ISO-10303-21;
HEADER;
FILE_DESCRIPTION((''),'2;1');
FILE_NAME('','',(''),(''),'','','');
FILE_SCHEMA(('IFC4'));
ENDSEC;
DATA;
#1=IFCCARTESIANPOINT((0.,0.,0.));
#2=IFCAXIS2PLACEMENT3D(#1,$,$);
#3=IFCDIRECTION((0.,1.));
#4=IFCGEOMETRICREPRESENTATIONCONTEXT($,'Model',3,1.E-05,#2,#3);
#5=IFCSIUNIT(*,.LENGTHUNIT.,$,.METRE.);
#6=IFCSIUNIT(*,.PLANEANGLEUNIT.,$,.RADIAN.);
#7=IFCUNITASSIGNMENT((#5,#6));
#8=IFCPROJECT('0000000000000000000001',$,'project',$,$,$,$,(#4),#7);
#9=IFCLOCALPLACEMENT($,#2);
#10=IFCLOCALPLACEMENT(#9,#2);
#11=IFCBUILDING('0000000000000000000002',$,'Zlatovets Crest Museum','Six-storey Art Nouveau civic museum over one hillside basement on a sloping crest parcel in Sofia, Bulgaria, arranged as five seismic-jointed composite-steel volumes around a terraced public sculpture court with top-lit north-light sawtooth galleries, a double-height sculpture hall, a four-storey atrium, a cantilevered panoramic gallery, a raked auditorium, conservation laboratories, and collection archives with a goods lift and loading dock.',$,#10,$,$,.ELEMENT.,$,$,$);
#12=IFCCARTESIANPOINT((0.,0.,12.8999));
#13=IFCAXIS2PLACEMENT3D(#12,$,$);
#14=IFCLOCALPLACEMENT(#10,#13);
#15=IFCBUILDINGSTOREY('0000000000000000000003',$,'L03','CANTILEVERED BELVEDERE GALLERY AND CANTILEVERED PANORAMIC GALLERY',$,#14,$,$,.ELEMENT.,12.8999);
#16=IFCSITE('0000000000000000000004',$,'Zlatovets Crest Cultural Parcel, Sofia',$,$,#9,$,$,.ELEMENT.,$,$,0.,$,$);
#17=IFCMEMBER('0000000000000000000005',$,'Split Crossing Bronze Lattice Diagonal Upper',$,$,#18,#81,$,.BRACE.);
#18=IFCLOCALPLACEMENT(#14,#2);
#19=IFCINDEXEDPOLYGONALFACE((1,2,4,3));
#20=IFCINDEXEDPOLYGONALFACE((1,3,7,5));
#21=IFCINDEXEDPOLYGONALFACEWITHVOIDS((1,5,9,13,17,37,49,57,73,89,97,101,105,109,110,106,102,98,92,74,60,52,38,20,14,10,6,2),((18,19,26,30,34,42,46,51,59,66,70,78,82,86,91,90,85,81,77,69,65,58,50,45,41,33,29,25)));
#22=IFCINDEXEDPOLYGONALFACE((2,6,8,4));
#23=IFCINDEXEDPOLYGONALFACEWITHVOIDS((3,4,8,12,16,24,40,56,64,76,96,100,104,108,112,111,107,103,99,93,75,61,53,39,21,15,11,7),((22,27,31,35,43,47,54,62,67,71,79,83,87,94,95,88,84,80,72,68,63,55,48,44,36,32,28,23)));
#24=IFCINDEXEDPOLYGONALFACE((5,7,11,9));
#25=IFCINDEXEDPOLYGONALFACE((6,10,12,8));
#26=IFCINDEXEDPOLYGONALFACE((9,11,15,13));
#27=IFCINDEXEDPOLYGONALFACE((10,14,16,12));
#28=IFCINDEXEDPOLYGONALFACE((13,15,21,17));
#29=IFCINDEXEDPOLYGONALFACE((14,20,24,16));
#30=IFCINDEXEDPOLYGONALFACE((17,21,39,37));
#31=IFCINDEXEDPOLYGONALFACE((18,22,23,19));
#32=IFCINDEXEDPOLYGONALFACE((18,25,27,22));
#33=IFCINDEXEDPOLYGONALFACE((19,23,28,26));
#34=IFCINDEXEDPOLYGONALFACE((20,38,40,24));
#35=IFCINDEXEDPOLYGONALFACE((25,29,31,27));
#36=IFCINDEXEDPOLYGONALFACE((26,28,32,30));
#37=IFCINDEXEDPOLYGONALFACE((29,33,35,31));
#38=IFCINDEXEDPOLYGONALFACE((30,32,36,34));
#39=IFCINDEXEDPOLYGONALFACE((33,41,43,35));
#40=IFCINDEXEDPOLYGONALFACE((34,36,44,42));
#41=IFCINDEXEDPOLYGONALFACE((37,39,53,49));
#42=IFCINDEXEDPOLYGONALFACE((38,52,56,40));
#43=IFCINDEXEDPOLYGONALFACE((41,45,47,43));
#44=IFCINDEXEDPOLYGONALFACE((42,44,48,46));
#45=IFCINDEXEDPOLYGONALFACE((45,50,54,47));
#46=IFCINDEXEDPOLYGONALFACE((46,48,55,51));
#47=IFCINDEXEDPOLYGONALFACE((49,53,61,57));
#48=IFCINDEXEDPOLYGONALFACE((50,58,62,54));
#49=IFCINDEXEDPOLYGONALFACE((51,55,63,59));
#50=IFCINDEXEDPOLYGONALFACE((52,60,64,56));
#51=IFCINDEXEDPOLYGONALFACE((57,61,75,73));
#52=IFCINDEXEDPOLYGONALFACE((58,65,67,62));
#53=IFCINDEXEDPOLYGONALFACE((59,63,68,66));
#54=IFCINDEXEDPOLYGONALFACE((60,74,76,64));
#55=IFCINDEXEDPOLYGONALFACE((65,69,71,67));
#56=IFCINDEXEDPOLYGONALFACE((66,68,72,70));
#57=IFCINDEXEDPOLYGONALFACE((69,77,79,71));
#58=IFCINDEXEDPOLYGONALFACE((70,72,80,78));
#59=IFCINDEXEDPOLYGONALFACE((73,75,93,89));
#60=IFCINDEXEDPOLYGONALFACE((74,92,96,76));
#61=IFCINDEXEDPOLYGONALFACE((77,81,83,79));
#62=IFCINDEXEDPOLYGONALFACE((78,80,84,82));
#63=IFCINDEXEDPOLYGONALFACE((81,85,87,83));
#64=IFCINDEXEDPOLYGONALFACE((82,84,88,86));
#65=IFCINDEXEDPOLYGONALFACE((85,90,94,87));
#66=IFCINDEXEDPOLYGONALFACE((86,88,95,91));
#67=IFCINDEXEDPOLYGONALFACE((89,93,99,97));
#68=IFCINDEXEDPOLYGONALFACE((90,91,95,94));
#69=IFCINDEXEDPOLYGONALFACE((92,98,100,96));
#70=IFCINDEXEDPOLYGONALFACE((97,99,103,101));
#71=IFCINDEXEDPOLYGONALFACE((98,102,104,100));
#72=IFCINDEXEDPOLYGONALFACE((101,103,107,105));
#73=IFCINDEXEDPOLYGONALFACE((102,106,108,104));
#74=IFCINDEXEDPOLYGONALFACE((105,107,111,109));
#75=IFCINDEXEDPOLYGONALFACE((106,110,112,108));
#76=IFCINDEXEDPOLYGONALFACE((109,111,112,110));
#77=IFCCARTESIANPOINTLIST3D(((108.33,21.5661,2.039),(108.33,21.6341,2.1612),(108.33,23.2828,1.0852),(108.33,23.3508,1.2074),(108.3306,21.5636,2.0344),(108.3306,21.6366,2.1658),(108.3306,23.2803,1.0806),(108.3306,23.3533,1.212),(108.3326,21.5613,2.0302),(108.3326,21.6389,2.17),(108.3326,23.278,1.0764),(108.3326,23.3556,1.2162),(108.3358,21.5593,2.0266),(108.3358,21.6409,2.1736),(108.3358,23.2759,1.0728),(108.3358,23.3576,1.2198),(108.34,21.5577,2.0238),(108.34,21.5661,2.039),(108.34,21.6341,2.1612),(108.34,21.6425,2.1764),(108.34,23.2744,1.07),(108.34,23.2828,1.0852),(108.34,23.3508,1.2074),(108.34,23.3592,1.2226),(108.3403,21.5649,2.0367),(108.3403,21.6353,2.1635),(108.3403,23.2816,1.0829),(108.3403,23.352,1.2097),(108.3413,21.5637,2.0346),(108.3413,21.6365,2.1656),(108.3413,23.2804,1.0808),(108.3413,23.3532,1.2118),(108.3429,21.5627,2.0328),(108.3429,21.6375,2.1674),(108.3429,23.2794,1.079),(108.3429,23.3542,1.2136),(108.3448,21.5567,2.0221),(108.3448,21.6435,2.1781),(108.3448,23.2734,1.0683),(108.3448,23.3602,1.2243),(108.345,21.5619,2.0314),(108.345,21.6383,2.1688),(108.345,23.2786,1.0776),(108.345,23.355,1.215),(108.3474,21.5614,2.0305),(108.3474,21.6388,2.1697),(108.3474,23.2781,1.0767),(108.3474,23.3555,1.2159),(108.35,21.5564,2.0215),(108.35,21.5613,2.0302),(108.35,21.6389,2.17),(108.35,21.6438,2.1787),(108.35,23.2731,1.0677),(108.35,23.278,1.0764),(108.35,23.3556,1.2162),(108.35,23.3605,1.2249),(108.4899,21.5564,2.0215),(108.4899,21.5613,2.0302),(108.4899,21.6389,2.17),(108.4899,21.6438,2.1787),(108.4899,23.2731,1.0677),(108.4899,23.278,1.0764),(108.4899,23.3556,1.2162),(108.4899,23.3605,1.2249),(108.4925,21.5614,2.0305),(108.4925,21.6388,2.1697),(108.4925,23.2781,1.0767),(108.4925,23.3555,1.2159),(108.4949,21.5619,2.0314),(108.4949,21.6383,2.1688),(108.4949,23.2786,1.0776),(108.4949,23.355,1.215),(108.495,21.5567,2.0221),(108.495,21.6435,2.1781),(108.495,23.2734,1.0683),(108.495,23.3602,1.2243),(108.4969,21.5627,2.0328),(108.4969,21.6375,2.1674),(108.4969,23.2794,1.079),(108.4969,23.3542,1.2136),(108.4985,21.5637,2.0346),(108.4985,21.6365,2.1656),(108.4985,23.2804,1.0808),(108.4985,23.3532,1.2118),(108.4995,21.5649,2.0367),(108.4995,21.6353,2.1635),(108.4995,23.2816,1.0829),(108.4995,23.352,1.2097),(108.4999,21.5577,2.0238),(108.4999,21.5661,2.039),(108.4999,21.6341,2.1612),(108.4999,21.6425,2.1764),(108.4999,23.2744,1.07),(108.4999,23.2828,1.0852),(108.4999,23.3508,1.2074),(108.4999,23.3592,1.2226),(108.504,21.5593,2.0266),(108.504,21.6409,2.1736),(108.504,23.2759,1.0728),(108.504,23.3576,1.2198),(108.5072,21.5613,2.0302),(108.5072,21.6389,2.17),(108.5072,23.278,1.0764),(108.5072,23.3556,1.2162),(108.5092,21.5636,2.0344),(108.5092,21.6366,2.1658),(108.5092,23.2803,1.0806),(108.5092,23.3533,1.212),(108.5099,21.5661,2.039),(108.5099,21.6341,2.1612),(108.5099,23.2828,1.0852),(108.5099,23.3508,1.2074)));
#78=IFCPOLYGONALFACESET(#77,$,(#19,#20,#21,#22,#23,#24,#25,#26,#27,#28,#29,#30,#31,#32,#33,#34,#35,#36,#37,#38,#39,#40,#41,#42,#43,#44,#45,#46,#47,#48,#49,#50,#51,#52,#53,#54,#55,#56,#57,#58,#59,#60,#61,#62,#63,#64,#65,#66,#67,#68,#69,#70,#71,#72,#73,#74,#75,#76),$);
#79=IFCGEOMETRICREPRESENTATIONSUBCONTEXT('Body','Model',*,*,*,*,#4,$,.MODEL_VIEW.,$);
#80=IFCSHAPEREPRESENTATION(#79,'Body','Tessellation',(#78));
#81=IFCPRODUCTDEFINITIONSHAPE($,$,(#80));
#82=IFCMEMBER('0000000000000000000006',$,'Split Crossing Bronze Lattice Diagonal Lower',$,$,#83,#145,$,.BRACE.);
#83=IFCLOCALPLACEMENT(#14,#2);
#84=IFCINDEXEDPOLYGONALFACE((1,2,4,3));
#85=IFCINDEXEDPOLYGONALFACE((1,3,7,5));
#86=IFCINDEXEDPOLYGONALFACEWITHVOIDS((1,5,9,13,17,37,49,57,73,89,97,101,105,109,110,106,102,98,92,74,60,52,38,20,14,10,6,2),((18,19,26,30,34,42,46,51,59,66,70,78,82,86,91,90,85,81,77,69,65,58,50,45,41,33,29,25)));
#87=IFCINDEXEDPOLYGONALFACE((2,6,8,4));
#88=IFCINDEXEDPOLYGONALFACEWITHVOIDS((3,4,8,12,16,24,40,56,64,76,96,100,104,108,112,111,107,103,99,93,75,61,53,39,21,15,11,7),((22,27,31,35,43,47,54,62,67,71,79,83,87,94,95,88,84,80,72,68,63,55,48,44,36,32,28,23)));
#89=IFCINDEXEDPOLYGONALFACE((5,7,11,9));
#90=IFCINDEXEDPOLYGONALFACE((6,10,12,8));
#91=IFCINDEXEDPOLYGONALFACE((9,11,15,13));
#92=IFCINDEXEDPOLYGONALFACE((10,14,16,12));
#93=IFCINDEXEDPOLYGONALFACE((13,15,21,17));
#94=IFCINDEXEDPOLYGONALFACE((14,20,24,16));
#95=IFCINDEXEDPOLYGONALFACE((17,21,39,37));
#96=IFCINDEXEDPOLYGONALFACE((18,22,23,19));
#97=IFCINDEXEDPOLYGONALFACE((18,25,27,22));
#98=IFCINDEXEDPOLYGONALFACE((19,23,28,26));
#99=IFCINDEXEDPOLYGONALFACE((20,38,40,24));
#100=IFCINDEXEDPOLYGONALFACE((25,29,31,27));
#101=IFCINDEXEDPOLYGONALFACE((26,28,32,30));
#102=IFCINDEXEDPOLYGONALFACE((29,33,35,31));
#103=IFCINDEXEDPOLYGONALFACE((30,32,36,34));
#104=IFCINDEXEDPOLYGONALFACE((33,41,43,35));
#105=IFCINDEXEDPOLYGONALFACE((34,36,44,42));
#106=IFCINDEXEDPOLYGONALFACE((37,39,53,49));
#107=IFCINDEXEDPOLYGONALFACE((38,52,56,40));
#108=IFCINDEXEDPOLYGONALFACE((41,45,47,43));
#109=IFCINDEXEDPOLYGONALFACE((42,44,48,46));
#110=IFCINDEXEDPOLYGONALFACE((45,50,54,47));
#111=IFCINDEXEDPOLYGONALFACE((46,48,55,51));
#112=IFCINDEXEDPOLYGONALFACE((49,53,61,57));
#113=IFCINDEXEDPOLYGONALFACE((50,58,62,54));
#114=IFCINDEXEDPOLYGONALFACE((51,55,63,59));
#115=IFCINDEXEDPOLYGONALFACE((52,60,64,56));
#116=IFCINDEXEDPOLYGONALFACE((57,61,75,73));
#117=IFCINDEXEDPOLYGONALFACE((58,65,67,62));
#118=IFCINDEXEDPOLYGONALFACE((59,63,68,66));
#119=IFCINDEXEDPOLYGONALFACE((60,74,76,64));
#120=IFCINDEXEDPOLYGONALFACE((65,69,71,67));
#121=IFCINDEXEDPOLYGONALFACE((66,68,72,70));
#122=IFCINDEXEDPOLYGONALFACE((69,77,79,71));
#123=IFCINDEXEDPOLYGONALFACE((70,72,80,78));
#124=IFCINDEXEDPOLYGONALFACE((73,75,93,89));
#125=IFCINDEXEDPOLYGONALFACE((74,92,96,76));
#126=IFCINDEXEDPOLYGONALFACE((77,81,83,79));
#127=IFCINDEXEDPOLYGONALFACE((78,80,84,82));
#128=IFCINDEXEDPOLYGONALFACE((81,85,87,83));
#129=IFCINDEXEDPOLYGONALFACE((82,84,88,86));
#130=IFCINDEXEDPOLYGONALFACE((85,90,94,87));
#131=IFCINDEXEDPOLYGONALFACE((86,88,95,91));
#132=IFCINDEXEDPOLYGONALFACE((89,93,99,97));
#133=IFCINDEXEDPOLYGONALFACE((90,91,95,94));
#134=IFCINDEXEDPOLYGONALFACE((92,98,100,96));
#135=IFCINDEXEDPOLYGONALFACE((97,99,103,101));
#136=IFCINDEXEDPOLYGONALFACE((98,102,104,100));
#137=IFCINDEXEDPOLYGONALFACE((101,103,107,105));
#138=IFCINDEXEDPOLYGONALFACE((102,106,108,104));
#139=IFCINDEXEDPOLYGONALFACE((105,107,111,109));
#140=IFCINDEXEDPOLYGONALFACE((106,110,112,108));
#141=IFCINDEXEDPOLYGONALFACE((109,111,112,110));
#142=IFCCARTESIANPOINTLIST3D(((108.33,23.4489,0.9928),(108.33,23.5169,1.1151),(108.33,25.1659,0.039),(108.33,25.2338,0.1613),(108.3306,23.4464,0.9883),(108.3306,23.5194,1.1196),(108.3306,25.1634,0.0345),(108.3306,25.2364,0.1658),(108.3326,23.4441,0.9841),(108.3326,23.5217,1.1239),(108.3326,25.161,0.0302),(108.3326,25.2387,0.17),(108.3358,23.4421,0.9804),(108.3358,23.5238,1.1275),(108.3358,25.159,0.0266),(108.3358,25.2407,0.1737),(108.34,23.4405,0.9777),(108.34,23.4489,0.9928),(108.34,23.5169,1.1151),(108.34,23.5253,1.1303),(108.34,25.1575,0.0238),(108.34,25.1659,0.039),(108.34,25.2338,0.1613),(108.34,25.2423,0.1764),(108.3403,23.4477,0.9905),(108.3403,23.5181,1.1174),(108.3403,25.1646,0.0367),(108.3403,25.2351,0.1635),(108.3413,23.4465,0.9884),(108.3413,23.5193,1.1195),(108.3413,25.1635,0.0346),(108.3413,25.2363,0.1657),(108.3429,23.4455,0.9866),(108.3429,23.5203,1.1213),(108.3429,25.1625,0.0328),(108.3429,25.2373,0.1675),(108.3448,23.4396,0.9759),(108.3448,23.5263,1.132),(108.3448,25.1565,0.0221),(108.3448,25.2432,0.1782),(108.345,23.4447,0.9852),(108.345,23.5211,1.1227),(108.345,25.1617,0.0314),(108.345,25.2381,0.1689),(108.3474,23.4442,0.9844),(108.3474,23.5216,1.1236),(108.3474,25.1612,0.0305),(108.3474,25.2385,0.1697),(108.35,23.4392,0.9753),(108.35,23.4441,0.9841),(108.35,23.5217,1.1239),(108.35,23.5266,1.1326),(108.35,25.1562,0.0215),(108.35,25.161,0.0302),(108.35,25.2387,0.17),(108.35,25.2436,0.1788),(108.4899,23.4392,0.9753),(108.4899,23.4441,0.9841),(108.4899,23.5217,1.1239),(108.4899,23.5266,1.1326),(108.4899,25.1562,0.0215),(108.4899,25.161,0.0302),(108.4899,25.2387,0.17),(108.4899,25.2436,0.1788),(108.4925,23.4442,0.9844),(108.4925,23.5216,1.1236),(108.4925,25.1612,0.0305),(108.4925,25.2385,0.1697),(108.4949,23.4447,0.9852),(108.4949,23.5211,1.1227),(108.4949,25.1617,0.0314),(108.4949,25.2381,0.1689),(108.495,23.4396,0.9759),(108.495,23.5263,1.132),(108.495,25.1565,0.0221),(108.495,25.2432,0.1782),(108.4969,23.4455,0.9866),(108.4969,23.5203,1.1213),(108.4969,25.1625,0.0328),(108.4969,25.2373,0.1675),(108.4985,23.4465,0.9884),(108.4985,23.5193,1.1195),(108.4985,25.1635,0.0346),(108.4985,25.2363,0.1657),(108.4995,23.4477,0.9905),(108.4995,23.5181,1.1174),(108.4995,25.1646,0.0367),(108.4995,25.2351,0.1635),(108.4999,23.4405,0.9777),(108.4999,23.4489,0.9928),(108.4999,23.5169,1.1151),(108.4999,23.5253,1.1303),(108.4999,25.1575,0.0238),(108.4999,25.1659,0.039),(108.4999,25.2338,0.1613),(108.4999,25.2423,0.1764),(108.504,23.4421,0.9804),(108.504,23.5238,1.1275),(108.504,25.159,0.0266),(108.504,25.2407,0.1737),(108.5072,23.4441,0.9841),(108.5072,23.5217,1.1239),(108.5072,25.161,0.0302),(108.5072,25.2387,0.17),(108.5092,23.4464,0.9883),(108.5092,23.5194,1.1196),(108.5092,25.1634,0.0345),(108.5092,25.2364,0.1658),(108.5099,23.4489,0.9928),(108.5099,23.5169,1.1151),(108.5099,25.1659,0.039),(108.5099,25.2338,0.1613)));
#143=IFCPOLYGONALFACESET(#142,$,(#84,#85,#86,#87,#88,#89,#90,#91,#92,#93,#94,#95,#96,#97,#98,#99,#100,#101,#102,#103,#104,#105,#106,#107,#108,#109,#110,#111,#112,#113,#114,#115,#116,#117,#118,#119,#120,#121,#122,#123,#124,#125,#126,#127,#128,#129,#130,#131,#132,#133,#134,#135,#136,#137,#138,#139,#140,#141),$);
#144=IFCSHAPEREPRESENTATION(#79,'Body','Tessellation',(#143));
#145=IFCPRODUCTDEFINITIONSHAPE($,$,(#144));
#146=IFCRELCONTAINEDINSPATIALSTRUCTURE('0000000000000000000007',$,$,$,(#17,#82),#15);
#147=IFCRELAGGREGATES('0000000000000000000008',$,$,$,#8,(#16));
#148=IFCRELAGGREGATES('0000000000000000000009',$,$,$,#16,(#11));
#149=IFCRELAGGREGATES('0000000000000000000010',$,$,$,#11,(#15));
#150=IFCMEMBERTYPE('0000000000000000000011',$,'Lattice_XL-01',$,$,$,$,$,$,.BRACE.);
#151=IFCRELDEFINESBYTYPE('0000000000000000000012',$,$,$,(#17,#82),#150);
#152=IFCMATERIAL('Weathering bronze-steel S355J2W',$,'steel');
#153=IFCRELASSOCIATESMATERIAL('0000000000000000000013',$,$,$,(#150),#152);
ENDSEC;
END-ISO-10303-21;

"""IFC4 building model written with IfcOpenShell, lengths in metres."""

from ifc_helpers import new_model, si_unit, direction, frame, origin, origin_2d, place, context, subcontext, project, spatial, hollow_rectangle, extrude, material, material_profile, profile_set, type_object, element, save


model = new_model("IFC4")

# Units and contexts
model_context = context("Model", 3, precision=1e-05, world=origin(), true_north=direction((0.0, 1.0)))
body_context = subcontext(model_context, "Body", "Model", "MODEL_VIEW")
ifc_project = project(units=[si_unit("LENGTHUNIT", "METRE"), si_unit("PLANEANGLEUNIT", "RADIAN")], contexts=[model_context])

# Site, building, storey
site_placement = place(None, origin())
site = spatial("IfcSite", under=ifc_project, at=site_placement, Name="Zlatovets Crest Cultural Parcel, Sofia", CompositionType="ELEMENT", RefElevation=0.0)
building_placement = place(site_placement, origin())
building = spatial("IfcBuilding", under=site, at=building_placement, Name="Zlatovets Crest Museum", Description="Six-storey Art Nouveau civic museum over one hillside basement on a sloping crest parcel in Sofia, Bulgaria, arranged as five seismic-jointed composite-steel volumes around a terraced public sculpture court with top-lit north-light sawtooth galleries, a double-height sculpture hall, a four-storey atrium, a cantilevered panoramic gallery, a raked auditorium, conservation laboratories, and collection archives with a goods lift and loading dock.", CompositionType="ELEMENT")
storey_placement = place(building_placement, frame((0.0, 0.0, 12.8999)))
storey = spatial("IfcBuildingStorey", under=building, at=storey_placement, Name="L03", Description="CANTILEVERED BELVEDERE GALLERY AND CANTILEVERED PANORAMIC GALLERY", CompositionType="ELEMENT", Elevation=12.8999)

# Members
ifc_material_1 = material(Name="Weathering bronze-steel S355J2W", Category="steel")
ifc_material_profile_1 = material_profile(ifc_material_1, hollow_rectangle(XDim=0.1799, YDim=0.1799, WallThickness=0.01, InnerFilletRadius=0.01, OuterFilletRadius=0.02, at=origin_2d()), Name="SHS 180x180x10.0")
ifc_profile_set_1 = profile_set([ifc_material_profile_1], Name="Weathering bronze-steel S355J2W")
member_type_1 = type_object("IfcMemberType", Name="Lattice_XL-01", PredefinedType="BRACE", material=ifc_profile_set_1)
member_1_placement = place(storey_placement, frame((108.4199, 21.6001, 2.1001), z_axis=(0.0, 0.87414, -0.485675), x_axis=(-1.0, 0.0, 0.0)))
element("IfcMember", 1, at=member_1_placement, inside=storey, type_object=member_type_1, Name="Split Crossing Bronze Lattice Diagonal Upper", PredefinedType="BRACE", context=body_context, shape_type="SweptSolid", body=[
    extrude(hollow_rectangle(XDim=0.1799, YDim=0.1799, WallThickness=0.01, InnerFilletRadius=0.01, OuterFilletRadius=0.02, at=origin_2d()), origin(), (0.0, 0.0, 1.0), 1.9639),
])
member_2_placement = place(storey_placement, frame((108.4199, 23.4829, 1.054), z_axis=(0.0, 0.874169, -0.485622), x_axis=(-1.0, 0.0, 0.0)))
element("IfcMember", 2, at=member_2_placement, inside=storey, type_object=member_type_1, Name="Split Crossing Bronze Lattice Diagonal Lower", PredefinedType="BRACE", context=body_context, shape_type="SweptSolid", body=[
    extrude(hollow_rectangle(XDim=0.1799, YDim=0.1799, WallThickness=0.01, InnerFilletRadius=0.01, OuterFilletRadius=0.02, at=origin_2d()), origin(), (0.0, 0.0, 1.0), 1.9641),
])

save(model, "model.ifc")
